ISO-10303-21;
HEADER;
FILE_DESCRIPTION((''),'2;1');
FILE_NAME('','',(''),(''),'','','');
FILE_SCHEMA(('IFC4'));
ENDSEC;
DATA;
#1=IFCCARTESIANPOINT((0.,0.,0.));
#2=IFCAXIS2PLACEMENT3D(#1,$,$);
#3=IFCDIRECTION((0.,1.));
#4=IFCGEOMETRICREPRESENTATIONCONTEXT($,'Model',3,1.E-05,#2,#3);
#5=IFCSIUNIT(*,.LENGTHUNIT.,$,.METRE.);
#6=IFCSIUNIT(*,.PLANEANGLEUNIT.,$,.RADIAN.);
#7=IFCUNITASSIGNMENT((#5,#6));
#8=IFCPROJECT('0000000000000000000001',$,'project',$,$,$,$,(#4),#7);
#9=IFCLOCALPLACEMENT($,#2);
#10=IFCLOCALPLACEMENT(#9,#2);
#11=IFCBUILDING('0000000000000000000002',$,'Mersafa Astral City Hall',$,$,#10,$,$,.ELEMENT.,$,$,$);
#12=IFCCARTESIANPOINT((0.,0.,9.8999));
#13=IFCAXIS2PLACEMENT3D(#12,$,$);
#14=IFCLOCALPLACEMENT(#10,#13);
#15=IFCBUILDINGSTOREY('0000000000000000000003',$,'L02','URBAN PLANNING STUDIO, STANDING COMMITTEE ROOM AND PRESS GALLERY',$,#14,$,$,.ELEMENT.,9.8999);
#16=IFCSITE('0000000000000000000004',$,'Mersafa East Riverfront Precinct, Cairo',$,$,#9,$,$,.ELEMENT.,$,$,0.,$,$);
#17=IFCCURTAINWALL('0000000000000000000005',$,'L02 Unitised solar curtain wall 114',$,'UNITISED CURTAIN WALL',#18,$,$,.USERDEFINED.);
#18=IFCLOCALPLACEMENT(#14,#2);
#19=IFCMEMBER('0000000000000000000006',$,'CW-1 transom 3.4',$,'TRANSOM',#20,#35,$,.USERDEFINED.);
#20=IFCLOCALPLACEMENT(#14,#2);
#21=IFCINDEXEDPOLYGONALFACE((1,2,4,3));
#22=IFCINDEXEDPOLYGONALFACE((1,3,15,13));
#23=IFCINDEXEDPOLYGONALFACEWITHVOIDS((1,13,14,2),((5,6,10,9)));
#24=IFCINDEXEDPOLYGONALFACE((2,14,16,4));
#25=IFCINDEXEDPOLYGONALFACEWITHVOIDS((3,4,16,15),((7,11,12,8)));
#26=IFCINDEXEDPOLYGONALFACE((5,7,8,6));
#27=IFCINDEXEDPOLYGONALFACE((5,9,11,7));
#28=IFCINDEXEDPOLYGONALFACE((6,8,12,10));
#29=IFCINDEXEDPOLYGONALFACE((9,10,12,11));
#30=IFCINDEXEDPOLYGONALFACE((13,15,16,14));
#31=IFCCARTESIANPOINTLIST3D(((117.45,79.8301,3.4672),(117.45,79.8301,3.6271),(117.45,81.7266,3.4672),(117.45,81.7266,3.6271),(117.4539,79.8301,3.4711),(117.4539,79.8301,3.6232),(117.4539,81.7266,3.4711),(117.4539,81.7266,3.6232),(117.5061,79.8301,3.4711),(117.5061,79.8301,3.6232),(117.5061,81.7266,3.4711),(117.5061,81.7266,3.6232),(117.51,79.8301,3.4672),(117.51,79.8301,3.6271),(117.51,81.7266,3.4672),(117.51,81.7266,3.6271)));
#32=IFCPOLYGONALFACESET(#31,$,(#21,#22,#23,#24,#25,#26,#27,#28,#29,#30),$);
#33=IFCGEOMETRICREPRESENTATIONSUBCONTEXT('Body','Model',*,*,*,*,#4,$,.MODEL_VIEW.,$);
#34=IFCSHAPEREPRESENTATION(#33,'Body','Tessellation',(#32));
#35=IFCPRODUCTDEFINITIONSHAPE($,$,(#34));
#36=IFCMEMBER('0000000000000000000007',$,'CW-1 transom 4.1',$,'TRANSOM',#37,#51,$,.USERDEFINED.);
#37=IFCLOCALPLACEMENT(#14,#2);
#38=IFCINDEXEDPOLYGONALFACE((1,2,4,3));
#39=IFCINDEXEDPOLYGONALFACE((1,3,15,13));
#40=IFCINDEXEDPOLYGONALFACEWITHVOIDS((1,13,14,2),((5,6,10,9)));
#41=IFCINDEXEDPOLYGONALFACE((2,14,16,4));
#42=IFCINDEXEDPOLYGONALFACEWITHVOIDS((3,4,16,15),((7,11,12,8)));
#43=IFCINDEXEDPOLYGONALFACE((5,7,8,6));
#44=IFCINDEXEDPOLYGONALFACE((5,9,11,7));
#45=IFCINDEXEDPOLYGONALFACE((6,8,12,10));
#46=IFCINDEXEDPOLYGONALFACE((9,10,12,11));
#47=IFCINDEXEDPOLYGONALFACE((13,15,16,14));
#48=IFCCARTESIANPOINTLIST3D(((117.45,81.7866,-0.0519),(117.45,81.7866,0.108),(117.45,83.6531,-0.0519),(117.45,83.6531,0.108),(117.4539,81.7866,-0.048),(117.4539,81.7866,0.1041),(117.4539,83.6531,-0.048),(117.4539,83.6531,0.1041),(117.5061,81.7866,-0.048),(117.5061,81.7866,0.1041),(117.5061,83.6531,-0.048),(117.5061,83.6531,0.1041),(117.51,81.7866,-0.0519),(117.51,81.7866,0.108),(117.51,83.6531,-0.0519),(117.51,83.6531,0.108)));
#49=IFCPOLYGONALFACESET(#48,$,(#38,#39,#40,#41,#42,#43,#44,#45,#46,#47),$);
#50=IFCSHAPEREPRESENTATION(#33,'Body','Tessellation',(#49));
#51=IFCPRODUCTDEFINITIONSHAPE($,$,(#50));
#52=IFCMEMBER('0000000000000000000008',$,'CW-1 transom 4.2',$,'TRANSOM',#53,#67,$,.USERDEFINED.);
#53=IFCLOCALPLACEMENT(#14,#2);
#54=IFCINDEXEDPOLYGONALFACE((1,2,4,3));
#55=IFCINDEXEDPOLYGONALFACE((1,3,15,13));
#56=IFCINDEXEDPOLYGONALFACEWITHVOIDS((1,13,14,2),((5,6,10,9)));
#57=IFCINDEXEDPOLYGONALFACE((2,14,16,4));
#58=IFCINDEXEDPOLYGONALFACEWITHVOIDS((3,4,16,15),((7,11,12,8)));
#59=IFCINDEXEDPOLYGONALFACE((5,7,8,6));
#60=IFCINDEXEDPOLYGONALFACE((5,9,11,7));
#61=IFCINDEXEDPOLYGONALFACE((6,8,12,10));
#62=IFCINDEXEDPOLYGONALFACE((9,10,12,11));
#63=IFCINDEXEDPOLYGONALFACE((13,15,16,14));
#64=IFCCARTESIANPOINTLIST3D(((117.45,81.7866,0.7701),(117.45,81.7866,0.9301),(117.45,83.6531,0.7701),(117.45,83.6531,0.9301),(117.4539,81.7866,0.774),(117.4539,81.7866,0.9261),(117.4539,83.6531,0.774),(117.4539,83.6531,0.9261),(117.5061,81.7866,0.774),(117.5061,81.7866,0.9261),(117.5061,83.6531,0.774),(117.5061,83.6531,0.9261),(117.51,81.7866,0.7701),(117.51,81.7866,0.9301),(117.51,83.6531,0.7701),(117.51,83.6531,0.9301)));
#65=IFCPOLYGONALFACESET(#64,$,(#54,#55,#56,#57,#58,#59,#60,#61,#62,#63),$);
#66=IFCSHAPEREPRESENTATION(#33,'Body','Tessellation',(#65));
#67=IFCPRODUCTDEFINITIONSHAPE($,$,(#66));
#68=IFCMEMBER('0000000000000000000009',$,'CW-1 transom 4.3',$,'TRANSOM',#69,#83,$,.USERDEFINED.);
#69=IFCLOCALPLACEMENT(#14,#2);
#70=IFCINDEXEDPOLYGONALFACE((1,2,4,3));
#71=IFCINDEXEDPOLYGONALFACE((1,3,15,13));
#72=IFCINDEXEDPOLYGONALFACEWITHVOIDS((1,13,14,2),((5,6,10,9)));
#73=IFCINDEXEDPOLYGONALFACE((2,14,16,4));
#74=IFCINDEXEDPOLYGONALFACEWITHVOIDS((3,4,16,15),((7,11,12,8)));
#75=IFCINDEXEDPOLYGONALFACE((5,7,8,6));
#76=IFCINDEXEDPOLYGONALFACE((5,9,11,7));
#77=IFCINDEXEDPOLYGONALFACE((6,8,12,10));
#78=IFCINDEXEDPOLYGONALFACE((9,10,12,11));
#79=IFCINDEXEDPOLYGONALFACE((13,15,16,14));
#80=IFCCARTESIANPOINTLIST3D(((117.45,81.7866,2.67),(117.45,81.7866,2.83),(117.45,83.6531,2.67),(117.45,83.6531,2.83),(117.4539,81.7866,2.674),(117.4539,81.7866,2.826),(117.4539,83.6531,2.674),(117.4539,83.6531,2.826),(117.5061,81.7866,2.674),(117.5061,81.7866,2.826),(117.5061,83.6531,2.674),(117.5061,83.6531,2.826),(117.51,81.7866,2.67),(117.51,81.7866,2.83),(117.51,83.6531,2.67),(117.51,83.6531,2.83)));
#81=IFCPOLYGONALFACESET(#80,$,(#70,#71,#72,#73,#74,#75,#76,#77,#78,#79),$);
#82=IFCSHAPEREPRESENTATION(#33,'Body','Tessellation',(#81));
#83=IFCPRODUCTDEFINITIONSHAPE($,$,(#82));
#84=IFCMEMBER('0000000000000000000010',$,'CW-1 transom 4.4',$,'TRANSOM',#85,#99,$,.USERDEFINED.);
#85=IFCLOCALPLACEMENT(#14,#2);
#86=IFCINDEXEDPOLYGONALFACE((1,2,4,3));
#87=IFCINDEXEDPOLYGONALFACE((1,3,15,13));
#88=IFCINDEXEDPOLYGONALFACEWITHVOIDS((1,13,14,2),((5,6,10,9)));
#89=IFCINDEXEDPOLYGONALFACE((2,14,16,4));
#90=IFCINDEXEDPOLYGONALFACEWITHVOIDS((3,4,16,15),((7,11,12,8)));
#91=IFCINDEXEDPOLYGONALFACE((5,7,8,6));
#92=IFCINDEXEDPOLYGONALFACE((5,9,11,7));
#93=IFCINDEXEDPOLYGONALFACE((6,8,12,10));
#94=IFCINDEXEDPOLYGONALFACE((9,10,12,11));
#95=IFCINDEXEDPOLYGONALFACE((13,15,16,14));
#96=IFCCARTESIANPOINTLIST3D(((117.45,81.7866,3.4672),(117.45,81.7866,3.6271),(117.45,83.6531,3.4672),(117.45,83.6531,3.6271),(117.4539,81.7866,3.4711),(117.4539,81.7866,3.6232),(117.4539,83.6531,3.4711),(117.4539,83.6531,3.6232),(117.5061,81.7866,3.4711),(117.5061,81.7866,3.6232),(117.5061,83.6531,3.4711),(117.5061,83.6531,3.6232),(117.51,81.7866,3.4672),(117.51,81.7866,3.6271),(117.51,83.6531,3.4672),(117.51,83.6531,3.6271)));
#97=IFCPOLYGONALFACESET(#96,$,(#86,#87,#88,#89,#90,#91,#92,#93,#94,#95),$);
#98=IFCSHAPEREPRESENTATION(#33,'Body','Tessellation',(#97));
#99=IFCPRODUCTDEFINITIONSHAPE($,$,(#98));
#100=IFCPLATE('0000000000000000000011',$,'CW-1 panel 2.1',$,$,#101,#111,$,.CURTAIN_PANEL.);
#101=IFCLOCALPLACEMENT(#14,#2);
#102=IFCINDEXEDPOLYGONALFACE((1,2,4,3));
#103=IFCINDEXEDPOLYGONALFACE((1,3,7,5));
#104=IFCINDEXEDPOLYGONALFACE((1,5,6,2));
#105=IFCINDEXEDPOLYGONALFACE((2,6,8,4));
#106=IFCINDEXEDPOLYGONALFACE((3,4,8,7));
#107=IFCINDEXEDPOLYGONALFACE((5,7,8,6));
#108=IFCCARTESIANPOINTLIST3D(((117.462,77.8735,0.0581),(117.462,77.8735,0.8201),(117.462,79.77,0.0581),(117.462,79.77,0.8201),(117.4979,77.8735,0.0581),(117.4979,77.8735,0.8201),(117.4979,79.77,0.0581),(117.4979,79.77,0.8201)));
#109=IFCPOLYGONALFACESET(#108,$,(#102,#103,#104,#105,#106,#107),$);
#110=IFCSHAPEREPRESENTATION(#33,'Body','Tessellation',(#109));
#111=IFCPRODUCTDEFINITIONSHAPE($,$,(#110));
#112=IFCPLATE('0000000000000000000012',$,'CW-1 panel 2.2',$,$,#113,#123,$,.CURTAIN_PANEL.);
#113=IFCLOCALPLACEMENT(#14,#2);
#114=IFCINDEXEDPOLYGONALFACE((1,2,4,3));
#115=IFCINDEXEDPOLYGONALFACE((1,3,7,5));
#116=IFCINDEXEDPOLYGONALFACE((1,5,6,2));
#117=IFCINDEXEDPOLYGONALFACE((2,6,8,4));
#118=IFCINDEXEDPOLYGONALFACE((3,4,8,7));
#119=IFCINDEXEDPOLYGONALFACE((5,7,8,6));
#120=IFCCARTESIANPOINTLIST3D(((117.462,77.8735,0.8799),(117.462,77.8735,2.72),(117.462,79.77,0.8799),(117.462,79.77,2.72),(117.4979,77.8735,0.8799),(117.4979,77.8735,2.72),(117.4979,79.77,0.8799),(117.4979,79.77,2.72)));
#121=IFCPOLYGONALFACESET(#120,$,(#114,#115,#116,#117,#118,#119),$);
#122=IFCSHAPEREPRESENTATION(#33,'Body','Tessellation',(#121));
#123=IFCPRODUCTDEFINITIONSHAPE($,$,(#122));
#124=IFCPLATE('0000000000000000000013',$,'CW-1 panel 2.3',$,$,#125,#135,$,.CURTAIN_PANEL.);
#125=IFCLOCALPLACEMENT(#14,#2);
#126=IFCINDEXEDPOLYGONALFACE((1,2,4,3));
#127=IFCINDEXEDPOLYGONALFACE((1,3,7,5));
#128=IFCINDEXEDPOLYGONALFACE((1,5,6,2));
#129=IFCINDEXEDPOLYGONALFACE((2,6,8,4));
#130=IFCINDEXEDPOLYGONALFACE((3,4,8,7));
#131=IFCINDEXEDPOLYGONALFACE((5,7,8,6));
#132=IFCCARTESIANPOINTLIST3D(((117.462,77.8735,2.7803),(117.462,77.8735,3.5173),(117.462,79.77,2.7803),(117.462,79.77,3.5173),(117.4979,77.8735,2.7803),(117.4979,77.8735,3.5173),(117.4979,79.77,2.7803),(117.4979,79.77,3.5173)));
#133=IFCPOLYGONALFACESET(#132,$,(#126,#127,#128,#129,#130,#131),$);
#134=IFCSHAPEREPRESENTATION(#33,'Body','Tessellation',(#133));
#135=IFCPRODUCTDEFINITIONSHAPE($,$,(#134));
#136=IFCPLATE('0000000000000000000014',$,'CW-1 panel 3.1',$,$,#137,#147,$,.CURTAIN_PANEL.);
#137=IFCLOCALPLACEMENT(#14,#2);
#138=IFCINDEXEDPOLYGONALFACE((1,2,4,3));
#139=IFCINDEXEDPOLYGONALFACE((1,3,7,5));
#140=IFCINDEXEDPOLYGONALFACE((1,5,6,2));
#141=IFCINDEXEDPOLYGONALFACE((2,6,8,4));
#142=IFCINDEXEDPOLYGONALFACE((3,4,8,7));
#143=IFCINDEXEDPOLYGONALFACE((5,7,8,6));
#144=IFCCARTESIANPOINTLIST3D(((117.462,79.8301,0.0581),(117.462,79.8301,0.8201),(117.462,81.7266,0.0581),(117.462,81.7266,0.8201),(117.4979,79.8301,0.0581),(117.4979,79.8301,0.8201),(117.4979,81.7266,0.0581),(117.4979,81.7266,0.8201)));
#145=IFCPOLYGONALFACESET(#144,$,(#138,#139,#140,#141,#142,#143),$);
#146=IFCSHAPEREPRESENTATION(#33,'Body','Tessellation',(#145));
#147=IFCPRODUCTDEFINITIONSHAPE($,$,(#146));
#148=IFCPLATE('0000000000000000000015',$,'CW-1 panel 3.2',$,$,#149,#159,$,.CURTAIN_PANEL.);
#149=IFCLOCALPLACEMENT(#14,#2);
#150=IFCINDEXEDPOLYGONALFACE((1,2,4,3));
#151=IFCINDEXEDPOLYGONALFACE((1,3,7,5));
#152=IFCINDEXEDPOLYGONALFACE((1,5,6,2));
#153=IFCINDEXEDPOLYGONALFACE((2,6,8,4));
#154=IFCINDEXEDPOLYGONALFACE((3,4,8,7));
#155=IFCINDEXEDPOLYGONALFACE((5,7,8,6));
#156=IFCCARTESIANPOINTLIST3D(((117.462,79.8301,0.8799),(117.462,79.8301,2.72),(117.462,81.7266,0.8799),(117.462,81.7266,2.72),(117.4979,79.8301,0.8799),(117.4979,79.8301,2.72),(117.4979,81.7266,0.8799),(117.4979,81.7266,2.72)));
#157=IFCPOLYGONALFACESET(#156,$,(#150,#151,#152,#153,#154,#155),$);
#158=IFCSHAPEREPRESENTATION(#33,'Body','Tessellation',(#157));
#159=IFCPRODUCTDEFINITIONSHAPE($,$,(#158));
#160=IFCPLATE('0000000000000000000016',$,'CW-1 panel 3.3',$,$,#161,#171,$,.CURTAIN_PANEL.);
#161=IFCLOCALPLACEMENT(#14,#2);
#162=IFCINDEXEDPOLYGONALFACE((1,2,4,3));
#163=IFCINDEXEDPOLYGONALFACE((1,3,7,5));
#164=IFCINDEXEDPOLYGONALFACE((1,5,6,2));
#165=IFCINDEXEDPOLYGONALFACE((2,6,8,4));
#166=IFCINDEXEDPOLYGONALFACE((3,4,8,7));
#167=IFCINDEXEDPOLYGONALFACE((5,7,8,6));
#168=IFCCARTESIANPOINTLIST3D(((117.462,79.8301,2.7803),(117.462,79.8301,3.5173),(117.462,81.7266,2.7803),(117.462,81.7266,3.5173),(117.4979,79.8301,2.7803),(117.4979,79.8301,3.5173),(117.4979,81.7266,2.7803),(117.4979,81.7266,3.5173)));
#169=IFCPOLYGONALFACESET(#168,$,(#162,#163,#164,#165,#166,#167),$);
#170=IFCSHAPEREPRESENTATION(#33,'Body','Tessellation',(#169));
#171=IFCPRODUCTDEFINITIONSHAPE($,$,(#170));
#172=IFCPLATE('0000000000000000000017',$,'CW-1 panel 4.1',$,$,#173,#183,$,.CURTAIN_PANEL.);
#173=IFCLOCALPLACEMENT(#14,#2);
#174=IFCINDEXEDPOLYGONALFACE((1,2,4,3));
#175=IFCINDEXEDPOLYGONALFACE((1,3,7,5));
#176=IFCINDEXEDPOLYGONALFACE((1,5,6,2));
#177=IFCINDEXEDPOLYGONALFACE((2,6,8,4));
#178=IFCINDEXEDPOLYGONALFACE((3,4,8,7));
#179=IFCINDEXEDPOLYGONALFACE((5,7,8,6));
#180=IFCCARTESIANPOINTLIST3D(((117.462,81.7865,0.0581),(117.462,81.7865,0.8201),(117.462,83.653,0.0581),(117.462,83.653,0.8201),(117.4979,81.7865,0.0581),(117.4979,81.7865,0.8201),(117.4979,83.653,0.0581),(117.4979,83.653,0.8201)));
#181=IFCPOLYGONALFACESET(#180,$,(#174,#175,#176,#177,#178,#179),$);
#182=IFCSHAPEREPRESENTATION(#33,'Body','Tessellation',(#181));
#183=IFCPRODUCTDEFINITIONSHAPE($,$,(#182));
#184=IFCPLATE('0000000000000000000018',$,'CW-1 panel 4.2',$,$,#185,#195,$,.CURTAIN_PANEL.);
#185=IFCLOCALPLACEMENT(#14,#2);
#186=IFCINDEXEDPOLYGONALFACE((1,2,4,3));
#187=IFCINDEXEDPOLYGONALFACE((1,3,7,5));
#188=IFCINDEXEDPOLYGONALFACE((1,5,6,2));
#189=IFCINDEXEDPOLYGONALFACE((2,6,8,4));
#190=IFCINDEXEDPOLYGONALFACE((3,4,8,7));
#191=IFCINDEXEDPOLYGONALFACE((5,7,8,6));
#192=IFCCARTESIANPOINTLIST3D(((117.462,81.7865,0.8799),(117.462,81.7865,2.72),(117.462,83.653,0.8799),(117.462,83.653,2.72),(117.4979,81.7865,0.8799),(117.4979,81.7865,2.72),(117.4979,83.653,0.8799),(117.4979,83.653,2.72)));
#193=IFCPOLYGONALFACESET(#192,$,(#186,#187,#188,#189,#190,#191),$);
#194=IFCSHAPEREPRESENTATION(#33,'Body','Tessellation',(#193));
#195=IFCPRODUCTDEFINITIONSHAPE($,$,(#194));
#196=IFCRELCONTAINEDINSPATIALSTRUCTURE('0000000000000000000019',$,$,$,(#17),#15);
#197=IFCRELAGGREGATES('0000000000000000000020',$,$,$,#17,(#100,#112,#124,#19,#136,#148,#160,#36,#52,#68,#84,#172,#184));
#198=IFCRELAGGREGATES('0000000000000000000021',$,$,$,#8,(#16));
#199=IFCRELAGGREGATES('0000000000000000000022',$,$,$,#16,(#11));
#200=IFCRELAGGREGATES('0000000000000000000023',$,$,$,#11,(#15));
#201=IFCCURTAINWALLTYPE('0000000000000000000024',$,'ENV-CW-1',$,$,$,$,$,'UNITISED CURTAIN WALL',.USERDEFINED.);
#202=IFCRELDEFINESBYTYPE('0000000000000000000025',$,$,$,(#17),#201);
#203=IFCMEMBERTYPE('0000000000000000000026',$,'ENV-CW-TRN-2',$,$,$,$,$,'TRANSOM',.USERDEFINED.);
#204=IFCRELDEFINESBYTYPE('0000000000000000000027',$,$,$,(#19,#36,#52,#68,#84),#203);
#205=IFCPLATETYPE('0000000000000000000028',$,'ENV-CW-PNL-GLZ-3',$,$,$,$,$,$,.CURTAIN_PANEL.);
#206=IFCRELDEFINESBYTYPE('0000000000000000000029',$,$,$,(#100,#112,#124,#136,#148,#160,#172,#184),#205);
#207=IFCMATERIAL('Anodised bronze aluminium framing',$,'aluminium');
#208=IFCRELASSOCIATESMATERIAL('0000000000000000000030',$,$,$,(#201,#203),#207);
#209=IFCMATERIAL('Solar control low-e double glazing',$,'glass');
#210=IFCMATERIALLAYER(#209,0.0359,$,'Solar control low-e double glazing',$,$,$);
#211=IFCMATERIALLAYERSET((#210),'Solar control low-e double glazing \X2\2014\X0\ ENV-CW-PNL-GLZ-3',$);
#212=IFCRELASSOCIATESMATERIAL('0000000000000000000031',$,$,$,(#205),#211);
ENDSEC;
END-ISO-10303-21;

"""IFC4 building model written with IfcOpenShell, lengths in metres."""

from ifc_helpers import new_model, si_unit, direction, frame, origin, origin_2d, place, context, subcontext, project, spatial, rectangle, hollow_rectangle, extrude, material, layer, layer_set, material_profile, profile_set, type_object, element, aggregate, save


model = new_model("IFC4")

# Units and contexts
model_context = context("Model", 3, precision=1e-05, world=origin(), true_north=direction((0.0, 1.0)))
body_context = subcontext(model_context, "Body", "Model", "MODEL_VIEW")
ifc_project = project(units=[si_unit("LENGTHUNIT", "METRE"), si_unit("PLANEANGLEUNIT", "RADIAN")], contexts=[model_context])

# Site, building, storey
site_placement = place(None, origin())
site = spatial("IfcSite", under=ifc_project, at=site_placement, Name="Mersafa East Riverfront Precinct, Cairo", CompositionType="ELEMENT", RefElevation=0.0)
building_placement = place(site_placement, origin())
building = spatial("IfcBuilding", under=site, at=building_placement, Name="Mersafa Astral City Hall", CompositionType="ELEMENT")
storey_placement = place(building_placement, frame((0.0, 0.0, 9.8999)))
storey = spatial("IfcBuildingStorey", under=building, at=storey_placement, Name="L02", Description="URBAN PLANNING STUDIO, STANDING COMMITTEE ROOM AND PRESS GALLERY", CompositionType="ELEMENT", Elevation=9.8999)

# Curtain wall, members, plates
ifc_material_1 = material(Name="Anodised bronze aluminium framing", Category="aluminium")
curtain_wall_type = type_object("IfcCurtainWallType", Name="ENV-CW-1", ElementType="UNITISED CURTAIN WALL", PredefinedType="USERDEFINED", material=ifc_material_1)
curtain_wall_placement = place(storey_placement, origin())
curtain_wall = element("IfcCurtainWall", 1, at=curtain_wall_placement, inside=storey, type_object=curtain_wall_type, Name="L02 Unitised solar curtain wall 114", ObjectType="UNITISED CURTAIN WALL", PredefinedType="USERDEFINED")
ifc_material_profile_1 = material_profile(ifc_material_1, hollow_rectangle(XDim=0.0601, YDim=0.1599, WallThickness=0.0039, at=origin_2d()), Name="RHS 60x160x4")
ifc_profile_set_1 = profile_set([ifc_material_profile_1], Name="Anodised bronze aluminium framing")
member_type_1 = type_object("IfcMemberType", Name="ENV-CW-TRN-2", ElementType="TRANSOM", PredefinedType="USERDEFINED", material=ifc_profile_set_1)
member_1_placement = place(storey_placement, frame((117.48, 79.8301, 3.5471), z_axis=(0.0, 1.0, 0.0), x_axis=(-1.0, 0.0, 0.0)))
member_1 = element("IfcMember", 2, at=member_1_placement, type_object=member_type_1, Name="CW-1 transom 3.4", ObjectType="TRANSOM", PredefinedType="USERDEFINED", context=body_context, shape_type="SweptSolid", body=[
    extrude(hollow_rectangle(XDim=0.0601, YDim=0.1599, WallThickness=0.0039, at=origin_2d()), origin(), (0.0, 0.0, 1.0), 1.8965),
])
member_2_placement = place(storey_placement, frame((117.48, 81.7866, 0.0281), z_axis=(0.0, 1.0, 0.0), x_axis=(-1.0, 0.0, 0.0)))
member_2 = element("IfcMember", 3, at=member_2_placement, type_object=member_type_1, Name="CW-1 transom 4.1", ObjectType="TRANSOM", PredefinedType="USERDEFINED", context=body_context, shape_type="SweptSolid", body=[
    extrude(hollow_rectangle(XDim=0.0601, YDim=0.1599, WallThickness=0.0039, at=origin_2d()), origin(), (0.0, 0.0, 1.0), 1.8665),
])
member_3_placement = place(storey_placement, frame((117.48, 81.7866, 0.8501), z_axis=(0.0, 1.0, 0.0), x_axis=(-1.0, 0.0, 0.0)))
member_3 = element("IfcMember", 4, at=member_3_placement, type_object=member_type_1, Name="CW-1 transom 4.2", ObjectType="TRANSOM", PredefinedType="USERDEFINED", context=body_context, shape_type="SweptSolid", body=[
    extrude(hollow_rectangle(XDim=0.0601, YDim=0.1599, WallThickness=0.0039, at=origin_2d()), origin(), (0.0, 0.0, 1.0), 1.8665),
])
member_4_placement = place(storey_placement, frame((117.48, 81.7866, 2.75), z_axis=(0.0, 1.0, 0.0), x_axis=(-1.0, 0.0, 0.0)))
member_4 = element("IfcMember", 5, at=member_4_placement, type_object=member_type_1, Name="CW-1 transom 4.3", ObjectType="TRANSOM", PredefinedType="USERDEFINED", context=body_context, shape_type="SweptSolid", body=[
    extrude(hollow_rectangle(XDim=0.0601, YDim=0.1599, WallThickness=0.0039, at=origin_2d()), origin(), (0.0, 0.0, 1.0), 1.8665),
])
member_5_placement = place(storey_placement, frame((117.48, 81.7866, 3.5471), z_axis=(0.0, 1.0, 0.0), x_axis=(-1.0, 0.0, 0.0)))
member_5 = element("IfcMember", 6, at=member_5_placement, type_object=member_type_1, Name="CW-1 transom 4.4", ObjectType="TRANSOM", PredefinedType="USERDEFINED", context=body_context, shape_type="SweptSolid", body=[
    extrude(hollow_rectangle(XDim=0.0601, YDim=0.1599, WallThickness=0.0039, at=origin_2d()), origin(), (0.0, 0.0, 1.0), 1.8665),
])
ifc_material_2 = material(Name="Solar control low-e double glazing", Category="glass")
ifc_layer_1 = layer(ifc_material_2, 0.0359, Name="Solar control low-e double glazing")
ifc_layer_set_1 = layer_set([ifc_layer_1], Name="Solar control low-e double glazing — ENV-CW-PNL-GLZ-3")
plate_type = type_object("IfcPlateType", Name="ENV-CW-PNL-GLZ-3", PredefinedType="CURTAIN_PANEL", material=ifc_layer_set_1)
plate_1_placement = place(storey_placement, frame((117.48, 78.8218, 0.0581), z_axis=(0.0, 0.0, 1.0), x_axis=(0.0, 1.0, 0.0)))
plate_1 = element("IfcPlate", 7, at=plate_1_placement, type_object=plate_type, Name="CW-1 panel 2.1", PredefinedType="CURTAIN_PANEL", context=body_context, shape_type="SweptSolid", body=[
    extrude(rectangle(XDim=1.8965, YDim=0.0359, at=origin_2d()), origin(), (0.0, 0.0, 1.0), 0.762),
])
plate_2_placement = place(storey_placement, frame((117.48, 78.8218, 0.8799), z_axis=(0.0, 0.0, 1.0), x_axis=(0.0, 1.0, 0.0)))
plate_2 = element("IfcPlate", 8, at=plate_2_placement, type_object=plate_type, Name="CW-1 panel 2.2", PredefinedType="CURTAIN_PANEL", context=body_context, shape_type="SweptSolid", body=[
    extrude(rectangle(XDim=1.8965, YDim=0.0359, at=origin_2d()), origin(), (0.0, 0.0, 1.0), 1.8401),
])
plate_3_placement = place(storey_placement, frame((117.48, 78.8218, 2.7803), z_axis=(0.0, 0.0, 1.0), x_axis=(0.0, 1.0, 0.0)))
plate_3 = element("IfcPlate", 9, at=plate_3_placement, type_object=plate_type, Name="CW-1 panel 2.3", PredefinedType="CURTAIN_PANEL", context=body_context, shape_type="SweptSolid", body=[
    extrude(rectangle(XDim=1.8965, YDim=0.0359, at=origin_2d()), origin(), (0.0, 0.0, 1.0), 0.7371),
])
plate_4_placement = place(storey_placement, frame((117.48, 80.7783, 0.0581), z_axis=(0.0, 0.0, 1.0), x_axis=(0.0, 1.0, 0.0)))
plate_4 = element("IfcPlate", 10, at=plate_4_placement, type_object=plate_type, Name="CW-1 panel 3.1", PredefinedType="CURTAIN_PANEL", context=body_context, shape_type="SweptSolid", body=[
    extrude(rectangle(XDim=1.8965, YDim=0.0359, at=origin_2d()), origin(), (0.0, 0.0, 1.0), 0.762),
])
plate_5_placement = place(storey_placement, frame((117.48, 80.7783, 0.8799), z_axis=(0.0, 0.0, 1.0), x_axis=(0.0, 1.0, 0.0)))
plate_5 = element("IfcPlate", 11, at=plate_5_placement, type_object=plate_type, Name="CW-1 panel 3.2", PredefinedType="CURTAIN_PANEL", context=body_context, shape_type="SweptSolid", body=[
    extrude(rectangle(XDim=1.8965, YDim=0.0359, at=origin_2d()), origin(), (0.0, 0.0, 1.0), 1.8401),
])
plate_6_placement = place(storey_placement, frame((117.48, 80.7783, 2.7803), z_axis=(0.0, 0.0, 1.0), x_axis=(0.0, 1.0, 0.0)))
plate_6 = element("IfcPlate", 12, at=plate_6_placement, type_object=plate_type, Name="CW-1 panel 3.3", PredefinedType="CURTAIN_PANEL", context=body_context, shape_type="SweptSolid", body=[
    extrude(rectangle(XDim=1.8965, YDim=0.0359, at=origin_2d()), origin(), (0.0, 0.0, 1.0), 0.7371),
])
plate_7_placement = place(storey_placement, frame((117.48, 82.7197, 0.0581), z_axis=(0.0, 0.0, 1.0), x_axis=(0.0, 1.0, 0.0)))
plate_7 = element("IfcPlate", 13, at=plate_7_placement, type_object=plate_type, Name="CW-1 panel 4.1", PredefinedType="CURTAIN_PANEL", context=body_context, shape_type="SweptSolid", body=[
    extrude(rectangle(XDim=1.8665, YDim=0.0359, at=origin_2d()), origin(), (0.0, 0.0, 1.0), 0.762),
])
plate_8_placement = place(storey_placement, frame((117.48, 82.7197, 0.8799), z_axis=(0.0, 0.0, 1.0), x_axis=(0.0, 1.0, 0.0)))
plate_8 = element("IfcPlate", 14, at=plate_8_placement, type_object=plate_type, Name="CW-1 panel 4.2", PredefinedType="CURTAIN_PANEL", context=body_context, shape_type="SweptSolid", body=[
    extrude(rectangle(XDim=1.8665, YDim=0.0359, at=origin_2d()), origin(), (0.0, 0.0, 1.0), 1.8401),
])
aggregate(curtain_wall, [plate_1, plate_2, plate_3, member_1, plate_4, plate_5, plate_6, member_2, member_3, member_4, member_5, plate_7, plate_8])

save(model, "model.ifc")
